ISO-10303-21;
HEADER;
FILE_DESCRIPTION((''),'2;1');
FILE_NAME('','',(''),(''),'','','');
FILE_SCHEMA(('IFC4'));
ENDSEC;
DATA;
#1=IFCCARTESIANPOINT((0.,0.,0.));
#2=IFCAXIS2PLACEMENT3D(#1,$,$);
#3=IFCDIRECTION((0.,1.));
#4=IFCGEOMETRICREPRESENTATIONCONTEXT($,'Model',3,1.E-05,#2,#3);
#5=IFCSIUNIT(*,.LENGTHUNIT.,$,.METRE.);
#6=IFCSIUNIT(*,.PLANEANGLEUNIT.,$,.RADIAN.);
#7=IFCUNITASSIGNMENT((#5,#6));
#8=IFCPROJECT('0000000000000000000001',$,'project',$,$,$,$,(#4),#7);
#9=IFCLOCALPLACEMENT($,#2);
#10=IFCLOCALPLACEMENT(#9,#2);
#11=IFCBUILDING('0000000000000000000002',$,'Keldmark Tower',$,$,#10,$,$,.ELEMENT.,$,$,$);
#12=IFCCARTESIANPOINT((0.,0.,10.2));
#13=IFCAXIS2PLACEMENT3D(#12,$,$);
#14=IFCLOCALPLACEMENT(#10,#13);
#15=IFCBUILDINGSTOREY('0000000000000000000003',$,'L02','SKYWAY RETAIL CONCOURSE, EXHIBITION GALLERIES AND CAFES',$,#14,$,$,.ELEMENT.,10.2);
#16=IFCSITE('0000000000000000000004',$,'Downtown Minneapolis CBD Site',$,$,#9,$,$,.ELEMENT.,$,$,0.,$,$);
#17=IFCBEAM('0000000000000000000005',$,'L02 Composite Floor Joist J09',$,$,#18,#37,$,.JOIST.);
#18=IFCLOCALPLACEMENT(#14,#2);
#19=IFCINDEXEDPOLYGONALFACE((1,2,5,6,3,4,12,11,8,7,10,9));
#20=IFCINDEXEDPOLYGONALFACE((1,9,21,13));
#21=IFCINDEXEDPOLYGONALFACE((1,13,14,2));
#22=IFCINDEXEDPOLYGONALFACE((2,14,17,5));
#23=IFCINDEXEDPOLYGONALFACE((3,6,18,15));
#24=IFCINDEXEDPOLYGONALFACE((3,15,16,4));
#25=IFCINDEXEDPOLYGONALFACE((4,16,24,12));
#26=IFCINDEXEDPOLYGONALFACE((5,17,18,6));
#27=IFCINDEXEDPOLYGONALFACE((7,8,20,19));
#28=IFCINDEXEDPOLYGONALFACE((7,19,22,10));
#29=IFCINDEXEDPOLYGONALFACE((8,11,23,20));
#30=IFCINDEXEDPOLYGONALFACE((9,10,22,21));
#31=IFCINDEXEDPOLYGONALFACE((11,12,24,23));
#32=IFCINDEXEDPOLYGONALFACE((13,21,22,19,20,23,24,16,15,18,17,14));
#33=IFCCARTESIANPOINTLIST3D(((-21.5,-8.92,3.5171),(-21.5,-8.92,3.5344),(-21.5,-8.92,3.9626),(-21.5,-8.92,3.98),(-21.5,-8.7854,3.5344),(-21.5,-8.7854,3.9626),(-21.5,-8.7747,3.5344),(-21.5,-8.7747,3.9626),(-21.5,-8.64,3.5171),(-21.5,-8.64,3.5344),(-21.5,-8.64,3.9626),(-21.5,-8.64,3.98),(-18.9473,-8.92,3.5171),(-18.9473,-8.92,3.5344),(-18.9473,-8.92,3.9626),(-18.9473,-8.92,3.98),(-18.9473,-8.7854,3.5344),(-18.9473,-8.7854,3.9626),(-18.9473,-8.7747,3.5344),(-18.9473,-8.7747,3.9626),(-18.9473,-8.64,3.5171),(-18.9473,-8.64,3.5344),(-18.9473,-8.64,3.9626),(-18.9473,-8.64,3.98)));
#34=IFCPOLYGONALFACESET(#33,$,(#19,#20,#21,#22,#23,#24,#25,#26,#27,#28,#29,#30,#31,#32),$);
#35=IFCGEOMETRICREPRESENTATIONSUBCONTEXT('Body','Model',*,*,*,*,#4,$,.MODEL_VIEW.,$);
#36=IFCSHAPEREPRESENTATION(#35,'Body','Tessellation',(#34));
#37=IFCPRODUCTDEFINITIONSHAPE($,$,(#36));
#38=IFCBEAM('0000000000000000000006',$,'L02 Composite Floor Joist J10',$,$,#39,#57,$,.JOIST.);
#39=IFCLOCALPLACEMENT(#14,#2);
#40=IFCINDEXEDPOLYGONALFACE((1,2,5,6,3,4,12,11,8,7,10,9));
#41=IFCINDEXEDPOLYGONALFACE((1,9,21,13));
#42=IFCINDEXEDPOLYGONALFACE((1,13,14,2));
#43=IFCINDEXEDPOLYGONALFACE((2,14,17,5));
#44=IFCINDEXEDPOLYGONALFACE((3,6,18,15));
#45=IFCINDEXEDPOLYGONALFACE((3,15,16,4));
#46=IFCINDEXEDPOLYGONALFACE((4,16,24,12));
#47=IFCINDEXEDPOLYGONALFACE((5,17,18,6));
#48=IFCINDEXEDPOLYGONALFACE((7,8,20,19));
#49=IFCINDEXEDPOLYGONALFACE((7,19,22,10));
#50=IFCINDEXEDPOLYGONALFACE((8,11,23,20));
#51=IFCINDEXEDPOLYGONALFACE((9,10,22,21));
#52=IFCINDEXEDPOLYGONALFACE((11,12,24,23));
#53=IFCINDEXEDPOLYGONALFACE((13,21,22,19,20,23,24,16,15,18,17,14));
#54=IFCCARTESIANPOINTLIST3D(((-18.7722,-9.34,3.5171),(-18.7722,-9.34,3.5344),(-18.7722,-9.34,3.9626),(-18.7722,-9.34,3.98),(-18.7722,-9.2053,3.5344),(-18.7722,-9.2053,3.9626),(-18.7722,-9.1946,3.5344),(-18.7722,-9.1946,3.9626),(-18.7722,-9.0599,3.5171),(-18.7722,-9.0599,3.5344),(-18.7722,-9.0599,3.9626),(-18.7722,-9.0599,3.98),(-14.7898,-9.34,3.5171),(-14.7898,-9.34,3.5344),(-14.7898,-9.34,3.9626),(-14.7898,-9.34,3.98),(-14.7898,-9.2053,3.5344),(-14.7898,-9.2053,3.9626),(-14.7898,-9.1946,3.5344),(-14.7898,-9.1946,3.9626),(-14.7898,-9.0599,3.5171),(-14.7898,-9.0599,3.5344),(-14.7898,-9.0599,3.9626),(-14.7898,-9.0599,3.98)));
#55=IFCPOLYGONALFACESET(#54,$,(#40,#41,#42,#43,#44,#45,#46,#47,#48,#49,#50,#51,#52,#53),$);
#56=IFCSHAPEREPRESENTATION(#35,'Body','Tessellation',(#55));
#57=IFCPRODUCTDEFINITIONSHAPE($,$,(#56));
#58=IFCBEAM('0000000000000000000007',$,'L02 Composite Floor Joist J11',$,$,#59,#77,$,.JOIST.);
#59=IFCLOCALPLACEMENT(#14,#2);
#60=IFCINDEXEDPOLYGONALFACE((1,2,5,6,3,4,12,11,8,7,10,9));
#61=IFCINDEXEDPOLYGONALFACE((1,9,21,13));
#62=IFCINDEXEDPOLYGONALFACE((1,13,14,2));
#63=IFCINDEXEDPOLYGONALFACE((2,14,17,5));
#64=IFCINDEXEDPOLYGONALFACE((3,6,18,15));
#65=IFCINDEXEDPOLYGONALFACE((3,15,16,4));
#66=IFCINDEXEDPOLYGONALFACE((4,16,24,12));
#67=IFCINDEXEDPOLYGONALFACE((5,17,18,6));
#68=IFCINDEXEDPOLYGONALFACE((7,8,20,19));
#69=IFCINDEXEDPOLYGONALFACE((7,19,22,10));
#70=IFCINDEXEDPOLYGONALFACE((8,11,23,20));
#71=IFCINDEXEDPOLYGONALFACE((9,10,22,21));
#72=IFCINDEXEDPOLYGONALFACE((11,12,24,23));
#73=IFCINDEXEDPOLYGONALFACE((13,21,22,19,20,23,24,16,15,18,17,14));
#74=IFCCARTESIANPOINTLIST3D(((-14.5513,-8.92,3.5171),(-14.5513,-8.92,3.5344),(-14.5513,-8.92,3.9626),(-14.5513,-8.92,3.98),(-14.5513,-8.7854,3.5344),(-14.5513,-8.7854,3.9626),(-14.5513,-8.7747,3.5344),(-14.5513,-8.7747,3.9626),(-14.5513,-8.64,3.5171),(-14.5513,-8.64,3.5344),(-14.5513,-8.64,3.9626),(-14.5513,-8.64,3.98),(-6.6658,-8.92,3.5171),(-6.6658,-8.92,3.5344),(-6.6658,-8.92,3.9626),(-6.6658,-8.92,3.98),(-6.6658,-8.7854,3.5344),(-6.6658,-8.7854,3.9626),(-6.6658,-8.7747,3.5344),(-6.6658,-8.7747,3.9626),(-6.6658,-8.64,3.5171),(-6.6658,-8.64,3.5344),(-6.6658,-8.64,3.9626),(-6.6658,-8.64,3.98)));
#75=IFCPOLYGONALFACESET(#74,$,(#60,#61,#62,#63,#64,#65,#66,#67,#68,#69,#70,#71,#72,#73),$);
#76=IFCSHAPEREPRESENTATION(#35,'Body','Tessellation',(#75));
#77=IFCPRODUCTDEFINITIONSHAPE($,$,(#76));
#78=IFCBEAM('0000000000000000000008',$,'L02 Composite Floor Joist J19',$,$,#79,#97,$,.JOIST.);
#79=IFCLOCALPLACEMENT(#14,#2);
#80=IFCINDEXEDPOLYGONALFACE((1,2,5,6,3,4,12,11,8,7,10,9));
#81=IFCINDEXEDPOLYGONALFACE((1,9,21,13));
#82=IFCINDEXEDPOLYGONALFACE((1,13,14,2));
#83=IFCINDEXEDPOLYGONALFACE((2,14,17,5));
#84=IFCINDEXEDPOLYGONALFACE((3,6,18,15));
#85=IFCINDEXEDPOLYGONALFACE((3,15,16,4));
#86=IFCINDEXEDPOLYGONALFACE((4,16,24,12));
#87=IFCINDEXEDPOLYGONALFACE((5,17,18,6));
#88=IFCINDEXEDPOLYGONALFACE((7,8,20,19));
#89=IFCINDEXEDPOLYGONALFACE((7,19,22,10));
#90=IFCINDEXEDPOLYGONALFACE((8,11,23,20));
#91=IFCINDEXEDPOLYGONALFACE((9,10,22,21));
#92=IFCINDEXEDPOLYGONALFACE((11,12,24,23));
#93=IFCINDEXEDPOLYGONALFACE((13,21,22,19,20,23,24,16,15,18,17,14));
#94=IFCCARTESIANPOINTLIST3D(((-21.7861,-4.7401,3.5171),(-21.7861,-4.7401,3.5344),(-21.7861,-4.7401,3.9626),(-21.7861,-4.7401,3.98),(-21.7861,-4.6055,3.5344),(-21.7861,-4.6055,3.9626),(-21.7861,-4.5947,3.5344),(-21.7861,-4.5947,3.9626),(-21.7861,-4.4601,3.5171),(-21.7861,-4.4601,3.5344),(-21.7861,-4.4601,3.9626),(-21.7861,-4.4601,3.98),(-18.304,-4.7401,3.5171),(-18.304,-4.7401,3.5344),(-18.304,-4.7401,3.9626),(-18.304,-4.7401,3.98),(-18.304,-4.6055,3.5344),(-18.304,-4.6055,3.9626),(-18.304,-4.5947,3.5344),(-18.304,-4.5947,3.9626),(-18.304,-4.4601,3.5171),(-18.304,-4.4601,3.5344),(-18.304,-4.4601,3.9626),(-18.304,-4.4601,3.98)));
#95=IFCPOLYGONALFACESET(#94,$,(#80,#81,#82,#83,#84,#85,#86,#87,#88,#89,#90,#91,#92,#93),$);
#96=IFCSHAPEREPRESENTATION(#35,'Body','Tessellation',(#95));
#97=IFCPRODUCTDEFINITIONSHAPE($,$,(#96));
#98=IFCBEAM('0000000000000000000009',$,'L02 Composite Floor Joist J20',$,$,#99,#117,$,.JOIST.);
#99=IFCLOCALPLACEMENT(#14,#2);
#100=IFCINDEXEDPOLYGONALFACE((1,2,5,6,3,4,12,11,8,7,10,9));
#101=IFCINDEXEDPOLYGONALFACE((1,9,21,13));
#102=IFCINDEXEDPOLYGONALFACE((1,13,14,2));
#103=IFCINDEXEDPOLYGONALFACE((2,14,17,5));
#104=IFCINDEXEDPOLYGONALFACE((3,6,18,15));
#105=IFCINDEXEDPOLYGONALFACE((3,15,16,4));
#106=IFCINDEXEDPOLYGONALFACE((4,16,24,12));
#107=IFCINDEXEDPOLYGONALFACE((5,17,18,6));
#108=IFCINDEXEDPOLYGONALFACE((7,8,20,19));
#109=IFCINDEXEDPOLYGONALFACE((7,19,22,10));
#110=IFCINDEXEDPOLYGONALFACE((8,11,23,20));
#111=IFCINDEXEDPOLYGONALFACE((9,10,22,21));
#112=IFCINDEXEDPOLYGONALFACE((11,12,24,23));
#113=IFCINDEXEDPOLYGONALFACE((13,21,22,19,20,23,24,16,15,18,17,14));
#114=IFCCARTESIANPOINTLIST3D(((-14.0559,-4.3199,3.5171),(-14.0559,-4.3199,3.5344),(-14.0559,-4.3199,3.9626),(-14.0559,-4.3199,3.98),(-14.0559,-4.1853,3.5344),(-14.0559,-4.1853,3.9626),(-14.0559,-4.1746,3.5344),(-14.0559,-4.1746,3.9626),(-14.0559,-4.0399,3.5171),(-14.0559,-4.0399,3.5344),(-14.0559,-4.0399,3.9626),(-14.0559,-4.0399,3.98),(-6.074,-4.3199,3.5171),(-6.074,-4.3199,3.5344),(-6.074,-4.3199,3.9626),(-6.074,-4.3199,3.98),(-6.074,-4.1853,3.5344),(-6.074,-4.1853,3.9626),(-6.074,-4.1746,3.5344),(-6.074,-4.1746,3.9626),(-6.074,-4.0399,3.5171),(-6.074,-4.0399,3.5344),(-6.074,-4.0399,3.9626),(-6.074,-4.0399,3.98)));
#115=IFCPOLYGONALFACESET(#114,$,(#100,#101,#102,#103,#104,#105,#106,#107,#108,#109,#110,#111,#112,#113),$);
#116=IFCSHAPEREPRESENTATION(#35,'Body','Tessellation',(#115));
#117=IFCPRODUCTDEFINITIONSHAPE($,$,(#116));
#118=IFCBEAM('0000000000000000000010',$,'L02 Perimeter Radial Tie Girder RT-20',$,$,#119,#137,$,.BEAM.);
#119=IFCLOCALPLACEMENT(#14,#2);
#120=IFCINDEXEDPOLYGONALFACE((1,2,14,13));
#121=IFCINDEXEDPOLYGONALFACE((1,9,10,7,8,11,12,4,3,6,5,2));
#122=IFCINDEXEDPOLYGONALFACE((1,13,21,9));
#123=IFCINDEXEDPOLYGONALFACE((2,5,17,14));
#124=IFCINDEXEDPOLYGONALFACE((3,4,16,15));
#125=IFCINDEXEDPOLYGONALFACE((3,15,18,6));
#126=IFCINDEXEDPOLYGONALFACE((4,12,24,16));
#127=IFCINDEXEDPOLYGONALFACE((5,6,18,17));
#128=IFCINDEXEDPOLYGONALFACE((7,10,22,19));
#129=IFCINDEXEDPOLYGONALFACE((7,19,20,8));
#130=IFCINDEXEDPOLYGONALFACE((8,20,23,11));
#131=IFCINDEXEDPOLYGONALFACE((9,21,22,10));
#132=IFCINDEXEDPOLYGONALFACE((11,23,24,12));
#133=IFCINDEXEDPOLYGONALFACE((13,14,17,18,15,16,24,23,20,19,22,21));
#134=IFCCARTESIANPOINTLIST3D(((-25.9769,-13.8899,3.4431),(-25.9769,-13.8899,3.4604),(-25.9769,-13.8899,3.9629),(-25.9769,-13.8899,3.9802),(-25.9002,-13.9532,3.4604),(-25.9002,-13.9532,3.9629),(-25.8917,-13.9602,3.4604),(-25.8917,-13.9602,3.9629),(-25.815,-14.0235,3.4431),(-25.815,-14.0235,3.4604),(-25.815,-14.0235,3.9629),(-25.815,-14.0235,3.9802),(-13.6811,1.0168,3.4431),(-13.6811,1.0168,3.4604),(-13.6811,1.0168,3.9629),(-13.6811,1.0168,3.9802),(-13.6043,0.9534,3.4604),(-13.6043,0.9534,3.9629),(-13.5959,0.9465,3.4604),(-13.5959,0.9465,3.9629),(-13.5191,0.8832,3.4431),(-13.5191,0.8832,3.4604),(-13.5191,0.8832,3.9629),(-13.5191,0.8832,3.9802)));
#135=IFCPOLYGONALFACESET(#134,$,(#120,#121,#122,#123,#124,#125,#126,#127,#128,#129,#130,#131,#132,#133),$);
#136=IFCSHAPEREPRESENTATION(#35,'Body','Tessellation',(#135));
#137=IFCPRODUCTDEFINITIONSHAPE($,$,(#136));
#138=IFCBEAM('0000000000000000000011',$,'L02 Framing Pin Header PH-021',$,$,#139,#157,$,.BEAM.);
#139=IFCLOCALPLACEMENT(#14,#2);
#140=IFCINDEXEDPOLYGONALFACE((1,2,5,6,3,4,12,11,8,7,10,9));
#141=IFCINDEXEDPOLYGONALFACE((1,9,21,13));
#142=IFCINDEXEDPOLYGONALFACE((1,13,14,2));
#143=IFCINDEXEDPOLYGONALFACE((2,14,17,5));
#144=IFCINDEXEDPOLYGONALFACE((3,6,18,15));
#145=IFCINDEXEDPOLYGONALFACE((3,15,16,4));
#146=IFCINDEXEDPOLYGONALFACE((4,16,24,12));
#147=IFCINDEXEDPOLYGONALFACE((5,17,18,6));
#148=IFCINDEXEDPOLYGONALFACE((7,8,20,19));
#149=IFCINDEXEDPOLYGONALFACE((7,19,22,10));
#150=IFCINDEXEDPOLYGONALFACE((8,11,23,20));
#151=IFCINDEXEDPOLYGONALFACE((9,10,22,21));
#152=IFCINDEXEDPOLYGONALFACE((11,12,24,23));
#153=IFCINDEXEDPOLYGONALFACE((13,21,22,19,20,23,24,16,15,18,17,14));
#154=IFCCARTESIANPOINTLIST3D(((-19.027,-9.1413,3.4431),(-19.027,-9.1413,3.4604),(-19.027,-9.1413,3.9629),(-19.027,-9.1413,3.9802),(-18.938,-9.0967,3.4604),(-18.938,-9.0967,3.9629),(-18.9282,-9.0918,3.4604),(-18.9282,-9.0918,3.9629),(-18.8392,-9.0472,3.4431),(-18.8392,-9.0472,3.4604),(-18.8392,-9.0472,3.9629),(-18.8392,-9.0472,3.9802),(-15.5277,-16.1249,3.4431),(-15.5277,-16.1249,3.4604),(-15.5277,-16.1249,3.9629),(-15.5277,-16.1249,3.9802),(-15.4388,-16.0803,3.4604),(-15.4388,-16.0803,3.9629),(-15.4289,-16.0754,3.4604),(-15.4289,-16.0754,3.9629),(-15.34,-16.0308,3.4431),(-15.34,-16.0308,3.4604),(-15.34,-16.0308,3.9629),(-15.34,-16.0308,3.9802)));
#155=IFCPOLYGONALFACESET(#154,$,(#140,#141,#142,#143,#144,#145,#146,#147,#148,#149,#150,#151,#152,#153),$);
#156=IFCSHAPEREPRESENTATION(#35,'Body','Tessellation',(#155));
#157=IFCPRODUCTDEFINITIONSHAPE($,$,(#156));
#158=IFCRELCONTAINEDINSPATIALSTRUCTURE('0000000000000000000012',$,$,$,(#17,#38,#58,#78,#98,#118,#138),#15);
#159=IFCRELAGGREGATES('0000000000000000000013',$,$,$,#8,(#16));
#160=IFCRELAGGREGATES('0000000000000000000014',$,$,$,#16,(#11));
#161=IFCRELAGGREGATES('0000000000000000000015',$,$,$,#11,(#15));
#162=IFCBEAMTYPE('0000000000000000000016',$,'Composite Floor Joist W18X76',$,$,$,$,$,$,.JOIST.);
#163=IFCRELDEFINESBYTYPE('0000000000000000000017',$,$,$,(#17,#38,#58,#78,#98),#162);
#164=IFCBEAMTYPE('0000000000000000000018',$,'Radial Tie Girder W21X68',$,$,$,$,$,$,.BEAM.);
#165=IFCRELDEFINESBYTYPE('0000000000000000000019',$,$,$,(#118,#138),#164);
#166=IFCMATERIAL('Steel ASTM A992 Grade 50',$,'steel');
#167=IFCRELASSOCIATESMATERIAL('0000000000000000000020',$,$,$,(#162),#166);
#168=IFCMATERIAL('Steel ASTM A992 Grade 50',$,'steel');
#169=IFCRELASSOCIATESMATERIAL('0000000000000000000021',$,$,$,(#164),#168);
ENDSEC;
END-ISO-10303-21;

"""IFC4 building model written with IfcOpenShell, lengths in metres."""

from ifc_helpers import new_model, si_unit, direction, frame, origin, origin_2d, place, context, subcontext, project, spatial, i_section, extrude, material, material_profile, profile_set, type_object, element, save


model = new_model("IFC4")

# Units and contexts
model_context = context("Model", 3, precision=1e-05, world=origin(), true_north=direction((0.0, 1.0)))
body_context = subcontext(model_context, "Body", "Model", "MODEL_VIEW")
ifc_project = project(units=[si_unit("LENGTHUNIT", "METRE"), si_unit("PLANEANGLEUNIT", "RADIAN")], contexts=[model_context])

# Site, building, storey
site_placement = place(None, origin())
site = spatial("IfcSite", under=ifc_project, at=site_placement, Name="Downtown Minneapolis CBD Site", CompositionType="ELEMENT", RefElevation=0.0)
building_placement = place(site_placement, origin())
building = spatial("IfcBuilding", under=site, at=building_placement, Name="Keldmark Tower", CompositionType="ELEMENT")
storey_placement = place(building_placement, frame((0.0, 0.0, 10.2)))
storey = spatial("IfcBuildingStorey", under=building, at=storey_placement, Name="L02", Description="SKYWAY RETAIL CONCOURSE, EXHIBITION GALLERIES AND CAFES", CompositionType="ELEMENT", Elevation=10.2)

# Beams
ifc_material_1 = material(Name="Steel ASTM A992 Grade 50", Category="steel")
ifc_material_profile_1 = material_profile(ifc_material_1, i_section(OverallWidth=0.28, OverallDepth=0.4629, WebThickness=0.0107, FlangeThickness=0.0173, at=origin_2d()), Name="W18X76")
ifc_profile_set_1 = profile_set([ifc_material_profile_1], Name="Steel ASTM A992 Grade 50")
beam_type_1 = type_object("IfcBeamType", Name="Composite Floor Joist W18X76", PredefinedType="JOIST", material=ifc_profile_set_1)
beam_1_placement = place(storey_placement, frame((-21.5, -8.78, 3.7485), z_axis=(1.0, 0.0, 0.0), x_axis=(0.0, 1.0, 0.0)))
element("IfcBeam", 1, at=beam_1_placement, inside=storey, type_object=beam_type_1, Name="L02 Composite Floor Joist J09", PredefinedType="JOIST", context=body_context, shape_type="SweptSolid", body=[
    extrude(i_section(OverallWidth=0.28, OverallDepth=0.4629, WebThickness=0.0107, FlangeThickness=0.0173, at=origin_2d()), origin(), (0.0, 0.0, 1.0), 2.5527),
])
beam_2_placement = place(storey_placement, frame((-18.7722, -9.2, 3.7485), z_axis=(1.0, 0.0, 0.0), x_axis=(0.0, 1.0, 0.0)))
element("IfcBeam", 2, at=beam_2_placement, inside=storey, type_object=beam_type_1, Name="L02 Composite Floor Joist J10", PredefinedType="JOIST", context=body_context, shape_type="SweptSolid", body=[
    extrude(i_section(OverallWidth=0.28, OverallDepth=0.4629, WebThickness=0.0107, FlangeThickness=0.0173, at=origin_2d()), origin(), (0.0, 0.0, 1.0), 3.9824),
])
beam_3_placement = place(storey_placement, frame((-14.5513, -8.78, 3.7485), z_axis=(1.0, 0.0, 0.0), x_axis=(0.0, 1.0, 0.0)))
element("IfcBeam", 3, at=beam_3_placement, inside=storey, type_object=beam_type_1, Name="L02 Composite Floor Joist J11", PredefinedType="JOIST", context=body_context, shape_type="SweptSolid", body=[
    extrude(i_section(OverallWidth=0.28, OverallDepth=0.4629, WebThickness=0.0107, FlangeThickness=0.0173, at=origin_2d()), origin(), (0.0, 0.0, 1.0), 7.8855),
])
beam_4_placement = place(storey_placement, frame((-21.7861, -4.6001, 3.7485), z_axis=(1.0, 0.0, 0.0), x_axis=(0.0, 1.0, 0.0)))
element("IfcBeam", 4, at=beam_4_placement, inside=storey, type_object=beam_type_1, Name="L02 Composite Floor Joist J19", PredefinedType="JOIST", context=body_context, shape_type="SweptSolid", body=[
    extrude(i_section(OverallWidth=0.28, OverallDepth=0.4629, WebThickness=0.0107, FlangeThickness=0.0173, at=origin_2d()), origin(), (0.0, 0.0, 1.0), 3.4822),
])
beam_5_placement = place(storey_placement, frame((-14.0559, -4.1799, 3.7485), z_axis=(1.0, 0.0, 0.0), x_axis=(0.0, 1.0, 0.0)))
element("IfcBeam", 5, at=beam_5_placement, inside=storey, type_object=beam_type_1, Name="L02 Composite Floor Joist J20", PredefinedType="JOIST", context=body_context, shape_type="SweptSolid", body=[
    extrude(i_section(OverallWidth=0.28, OverallDepth=0.4629, WebThickness=0.0107, FlangeThickness=0.0173, at=origin_2d()), origin(), (0.0, 0.0, 1.0), 7.9819),
])
ifc_material_2 = material(Name="Steel ASTM A992 Grade 50", Category="steel")
ifc_material_profile_2 = material_profile(ifc_material_2, i_section(OverallWidth=0.21, OverallDepth=0.5371, WebThickness=0.011, FlangeThickness=0.0173, at=origin_2d()), Name="W21X68")
ifc_profile_set_2 = profile_set([ifc_material_profile_2], Name="Steel ASTM A992 Grade 50")
beam_type_2 = type_object("IfcBeamType", Name="Radial Tie Girder W21X68", PredefinedType="BEAM", material=ifc_profile_set_2)
beam_6_placement = place(storey_placement, frame((-13.6001, 0.95, 3.7117), z_axis=(-0.636316, -0.771428, 0.0), x_axis=(0.771428, -0.636316, 0.0)))
element("IfcBeam", 6, at=beam_6_placement, inside=storey, type_object=beam_type_2, Name="L02 Perimeter Radial Tie Girder RT-20", PredefinedType="BEAM", context=body_context, shape_type="SweptSolid", body=[
    extrude(i_section(OverallWidth=0.21, OverallDepth=0.5371, WebThickness=0.011, FlangeThickness=0.0173, at=origin_2d()), origin(), (0.0, 0.0, 1.0), 19.3235),
])
beam_7_placement = place(storey_placement, frame((-18.9331, -9.0942, 3.7117), z_axis=(0.447976, -0.894046, 0.0), x_axis=(0.894046, 0.447976, 0.0)))
element("IfcBeam", 7, at=beam_7_placement, inside=storey, type_object=beam_type_2, Name="L02 Framing Pin Header PH-021", PredefinedType="BEAM", context=body_context, shape_type="SweptSolid", body=[
    extrude(i_section(OverallWidth=0.21, OverallDepth=0.5371, WebThickness=0.011, FlangeThickness=0.0173, at=origin_2d()), origin(), (0.0, 0.0, 1.0), 7.8113),
])

save(model, "model.ifc")
